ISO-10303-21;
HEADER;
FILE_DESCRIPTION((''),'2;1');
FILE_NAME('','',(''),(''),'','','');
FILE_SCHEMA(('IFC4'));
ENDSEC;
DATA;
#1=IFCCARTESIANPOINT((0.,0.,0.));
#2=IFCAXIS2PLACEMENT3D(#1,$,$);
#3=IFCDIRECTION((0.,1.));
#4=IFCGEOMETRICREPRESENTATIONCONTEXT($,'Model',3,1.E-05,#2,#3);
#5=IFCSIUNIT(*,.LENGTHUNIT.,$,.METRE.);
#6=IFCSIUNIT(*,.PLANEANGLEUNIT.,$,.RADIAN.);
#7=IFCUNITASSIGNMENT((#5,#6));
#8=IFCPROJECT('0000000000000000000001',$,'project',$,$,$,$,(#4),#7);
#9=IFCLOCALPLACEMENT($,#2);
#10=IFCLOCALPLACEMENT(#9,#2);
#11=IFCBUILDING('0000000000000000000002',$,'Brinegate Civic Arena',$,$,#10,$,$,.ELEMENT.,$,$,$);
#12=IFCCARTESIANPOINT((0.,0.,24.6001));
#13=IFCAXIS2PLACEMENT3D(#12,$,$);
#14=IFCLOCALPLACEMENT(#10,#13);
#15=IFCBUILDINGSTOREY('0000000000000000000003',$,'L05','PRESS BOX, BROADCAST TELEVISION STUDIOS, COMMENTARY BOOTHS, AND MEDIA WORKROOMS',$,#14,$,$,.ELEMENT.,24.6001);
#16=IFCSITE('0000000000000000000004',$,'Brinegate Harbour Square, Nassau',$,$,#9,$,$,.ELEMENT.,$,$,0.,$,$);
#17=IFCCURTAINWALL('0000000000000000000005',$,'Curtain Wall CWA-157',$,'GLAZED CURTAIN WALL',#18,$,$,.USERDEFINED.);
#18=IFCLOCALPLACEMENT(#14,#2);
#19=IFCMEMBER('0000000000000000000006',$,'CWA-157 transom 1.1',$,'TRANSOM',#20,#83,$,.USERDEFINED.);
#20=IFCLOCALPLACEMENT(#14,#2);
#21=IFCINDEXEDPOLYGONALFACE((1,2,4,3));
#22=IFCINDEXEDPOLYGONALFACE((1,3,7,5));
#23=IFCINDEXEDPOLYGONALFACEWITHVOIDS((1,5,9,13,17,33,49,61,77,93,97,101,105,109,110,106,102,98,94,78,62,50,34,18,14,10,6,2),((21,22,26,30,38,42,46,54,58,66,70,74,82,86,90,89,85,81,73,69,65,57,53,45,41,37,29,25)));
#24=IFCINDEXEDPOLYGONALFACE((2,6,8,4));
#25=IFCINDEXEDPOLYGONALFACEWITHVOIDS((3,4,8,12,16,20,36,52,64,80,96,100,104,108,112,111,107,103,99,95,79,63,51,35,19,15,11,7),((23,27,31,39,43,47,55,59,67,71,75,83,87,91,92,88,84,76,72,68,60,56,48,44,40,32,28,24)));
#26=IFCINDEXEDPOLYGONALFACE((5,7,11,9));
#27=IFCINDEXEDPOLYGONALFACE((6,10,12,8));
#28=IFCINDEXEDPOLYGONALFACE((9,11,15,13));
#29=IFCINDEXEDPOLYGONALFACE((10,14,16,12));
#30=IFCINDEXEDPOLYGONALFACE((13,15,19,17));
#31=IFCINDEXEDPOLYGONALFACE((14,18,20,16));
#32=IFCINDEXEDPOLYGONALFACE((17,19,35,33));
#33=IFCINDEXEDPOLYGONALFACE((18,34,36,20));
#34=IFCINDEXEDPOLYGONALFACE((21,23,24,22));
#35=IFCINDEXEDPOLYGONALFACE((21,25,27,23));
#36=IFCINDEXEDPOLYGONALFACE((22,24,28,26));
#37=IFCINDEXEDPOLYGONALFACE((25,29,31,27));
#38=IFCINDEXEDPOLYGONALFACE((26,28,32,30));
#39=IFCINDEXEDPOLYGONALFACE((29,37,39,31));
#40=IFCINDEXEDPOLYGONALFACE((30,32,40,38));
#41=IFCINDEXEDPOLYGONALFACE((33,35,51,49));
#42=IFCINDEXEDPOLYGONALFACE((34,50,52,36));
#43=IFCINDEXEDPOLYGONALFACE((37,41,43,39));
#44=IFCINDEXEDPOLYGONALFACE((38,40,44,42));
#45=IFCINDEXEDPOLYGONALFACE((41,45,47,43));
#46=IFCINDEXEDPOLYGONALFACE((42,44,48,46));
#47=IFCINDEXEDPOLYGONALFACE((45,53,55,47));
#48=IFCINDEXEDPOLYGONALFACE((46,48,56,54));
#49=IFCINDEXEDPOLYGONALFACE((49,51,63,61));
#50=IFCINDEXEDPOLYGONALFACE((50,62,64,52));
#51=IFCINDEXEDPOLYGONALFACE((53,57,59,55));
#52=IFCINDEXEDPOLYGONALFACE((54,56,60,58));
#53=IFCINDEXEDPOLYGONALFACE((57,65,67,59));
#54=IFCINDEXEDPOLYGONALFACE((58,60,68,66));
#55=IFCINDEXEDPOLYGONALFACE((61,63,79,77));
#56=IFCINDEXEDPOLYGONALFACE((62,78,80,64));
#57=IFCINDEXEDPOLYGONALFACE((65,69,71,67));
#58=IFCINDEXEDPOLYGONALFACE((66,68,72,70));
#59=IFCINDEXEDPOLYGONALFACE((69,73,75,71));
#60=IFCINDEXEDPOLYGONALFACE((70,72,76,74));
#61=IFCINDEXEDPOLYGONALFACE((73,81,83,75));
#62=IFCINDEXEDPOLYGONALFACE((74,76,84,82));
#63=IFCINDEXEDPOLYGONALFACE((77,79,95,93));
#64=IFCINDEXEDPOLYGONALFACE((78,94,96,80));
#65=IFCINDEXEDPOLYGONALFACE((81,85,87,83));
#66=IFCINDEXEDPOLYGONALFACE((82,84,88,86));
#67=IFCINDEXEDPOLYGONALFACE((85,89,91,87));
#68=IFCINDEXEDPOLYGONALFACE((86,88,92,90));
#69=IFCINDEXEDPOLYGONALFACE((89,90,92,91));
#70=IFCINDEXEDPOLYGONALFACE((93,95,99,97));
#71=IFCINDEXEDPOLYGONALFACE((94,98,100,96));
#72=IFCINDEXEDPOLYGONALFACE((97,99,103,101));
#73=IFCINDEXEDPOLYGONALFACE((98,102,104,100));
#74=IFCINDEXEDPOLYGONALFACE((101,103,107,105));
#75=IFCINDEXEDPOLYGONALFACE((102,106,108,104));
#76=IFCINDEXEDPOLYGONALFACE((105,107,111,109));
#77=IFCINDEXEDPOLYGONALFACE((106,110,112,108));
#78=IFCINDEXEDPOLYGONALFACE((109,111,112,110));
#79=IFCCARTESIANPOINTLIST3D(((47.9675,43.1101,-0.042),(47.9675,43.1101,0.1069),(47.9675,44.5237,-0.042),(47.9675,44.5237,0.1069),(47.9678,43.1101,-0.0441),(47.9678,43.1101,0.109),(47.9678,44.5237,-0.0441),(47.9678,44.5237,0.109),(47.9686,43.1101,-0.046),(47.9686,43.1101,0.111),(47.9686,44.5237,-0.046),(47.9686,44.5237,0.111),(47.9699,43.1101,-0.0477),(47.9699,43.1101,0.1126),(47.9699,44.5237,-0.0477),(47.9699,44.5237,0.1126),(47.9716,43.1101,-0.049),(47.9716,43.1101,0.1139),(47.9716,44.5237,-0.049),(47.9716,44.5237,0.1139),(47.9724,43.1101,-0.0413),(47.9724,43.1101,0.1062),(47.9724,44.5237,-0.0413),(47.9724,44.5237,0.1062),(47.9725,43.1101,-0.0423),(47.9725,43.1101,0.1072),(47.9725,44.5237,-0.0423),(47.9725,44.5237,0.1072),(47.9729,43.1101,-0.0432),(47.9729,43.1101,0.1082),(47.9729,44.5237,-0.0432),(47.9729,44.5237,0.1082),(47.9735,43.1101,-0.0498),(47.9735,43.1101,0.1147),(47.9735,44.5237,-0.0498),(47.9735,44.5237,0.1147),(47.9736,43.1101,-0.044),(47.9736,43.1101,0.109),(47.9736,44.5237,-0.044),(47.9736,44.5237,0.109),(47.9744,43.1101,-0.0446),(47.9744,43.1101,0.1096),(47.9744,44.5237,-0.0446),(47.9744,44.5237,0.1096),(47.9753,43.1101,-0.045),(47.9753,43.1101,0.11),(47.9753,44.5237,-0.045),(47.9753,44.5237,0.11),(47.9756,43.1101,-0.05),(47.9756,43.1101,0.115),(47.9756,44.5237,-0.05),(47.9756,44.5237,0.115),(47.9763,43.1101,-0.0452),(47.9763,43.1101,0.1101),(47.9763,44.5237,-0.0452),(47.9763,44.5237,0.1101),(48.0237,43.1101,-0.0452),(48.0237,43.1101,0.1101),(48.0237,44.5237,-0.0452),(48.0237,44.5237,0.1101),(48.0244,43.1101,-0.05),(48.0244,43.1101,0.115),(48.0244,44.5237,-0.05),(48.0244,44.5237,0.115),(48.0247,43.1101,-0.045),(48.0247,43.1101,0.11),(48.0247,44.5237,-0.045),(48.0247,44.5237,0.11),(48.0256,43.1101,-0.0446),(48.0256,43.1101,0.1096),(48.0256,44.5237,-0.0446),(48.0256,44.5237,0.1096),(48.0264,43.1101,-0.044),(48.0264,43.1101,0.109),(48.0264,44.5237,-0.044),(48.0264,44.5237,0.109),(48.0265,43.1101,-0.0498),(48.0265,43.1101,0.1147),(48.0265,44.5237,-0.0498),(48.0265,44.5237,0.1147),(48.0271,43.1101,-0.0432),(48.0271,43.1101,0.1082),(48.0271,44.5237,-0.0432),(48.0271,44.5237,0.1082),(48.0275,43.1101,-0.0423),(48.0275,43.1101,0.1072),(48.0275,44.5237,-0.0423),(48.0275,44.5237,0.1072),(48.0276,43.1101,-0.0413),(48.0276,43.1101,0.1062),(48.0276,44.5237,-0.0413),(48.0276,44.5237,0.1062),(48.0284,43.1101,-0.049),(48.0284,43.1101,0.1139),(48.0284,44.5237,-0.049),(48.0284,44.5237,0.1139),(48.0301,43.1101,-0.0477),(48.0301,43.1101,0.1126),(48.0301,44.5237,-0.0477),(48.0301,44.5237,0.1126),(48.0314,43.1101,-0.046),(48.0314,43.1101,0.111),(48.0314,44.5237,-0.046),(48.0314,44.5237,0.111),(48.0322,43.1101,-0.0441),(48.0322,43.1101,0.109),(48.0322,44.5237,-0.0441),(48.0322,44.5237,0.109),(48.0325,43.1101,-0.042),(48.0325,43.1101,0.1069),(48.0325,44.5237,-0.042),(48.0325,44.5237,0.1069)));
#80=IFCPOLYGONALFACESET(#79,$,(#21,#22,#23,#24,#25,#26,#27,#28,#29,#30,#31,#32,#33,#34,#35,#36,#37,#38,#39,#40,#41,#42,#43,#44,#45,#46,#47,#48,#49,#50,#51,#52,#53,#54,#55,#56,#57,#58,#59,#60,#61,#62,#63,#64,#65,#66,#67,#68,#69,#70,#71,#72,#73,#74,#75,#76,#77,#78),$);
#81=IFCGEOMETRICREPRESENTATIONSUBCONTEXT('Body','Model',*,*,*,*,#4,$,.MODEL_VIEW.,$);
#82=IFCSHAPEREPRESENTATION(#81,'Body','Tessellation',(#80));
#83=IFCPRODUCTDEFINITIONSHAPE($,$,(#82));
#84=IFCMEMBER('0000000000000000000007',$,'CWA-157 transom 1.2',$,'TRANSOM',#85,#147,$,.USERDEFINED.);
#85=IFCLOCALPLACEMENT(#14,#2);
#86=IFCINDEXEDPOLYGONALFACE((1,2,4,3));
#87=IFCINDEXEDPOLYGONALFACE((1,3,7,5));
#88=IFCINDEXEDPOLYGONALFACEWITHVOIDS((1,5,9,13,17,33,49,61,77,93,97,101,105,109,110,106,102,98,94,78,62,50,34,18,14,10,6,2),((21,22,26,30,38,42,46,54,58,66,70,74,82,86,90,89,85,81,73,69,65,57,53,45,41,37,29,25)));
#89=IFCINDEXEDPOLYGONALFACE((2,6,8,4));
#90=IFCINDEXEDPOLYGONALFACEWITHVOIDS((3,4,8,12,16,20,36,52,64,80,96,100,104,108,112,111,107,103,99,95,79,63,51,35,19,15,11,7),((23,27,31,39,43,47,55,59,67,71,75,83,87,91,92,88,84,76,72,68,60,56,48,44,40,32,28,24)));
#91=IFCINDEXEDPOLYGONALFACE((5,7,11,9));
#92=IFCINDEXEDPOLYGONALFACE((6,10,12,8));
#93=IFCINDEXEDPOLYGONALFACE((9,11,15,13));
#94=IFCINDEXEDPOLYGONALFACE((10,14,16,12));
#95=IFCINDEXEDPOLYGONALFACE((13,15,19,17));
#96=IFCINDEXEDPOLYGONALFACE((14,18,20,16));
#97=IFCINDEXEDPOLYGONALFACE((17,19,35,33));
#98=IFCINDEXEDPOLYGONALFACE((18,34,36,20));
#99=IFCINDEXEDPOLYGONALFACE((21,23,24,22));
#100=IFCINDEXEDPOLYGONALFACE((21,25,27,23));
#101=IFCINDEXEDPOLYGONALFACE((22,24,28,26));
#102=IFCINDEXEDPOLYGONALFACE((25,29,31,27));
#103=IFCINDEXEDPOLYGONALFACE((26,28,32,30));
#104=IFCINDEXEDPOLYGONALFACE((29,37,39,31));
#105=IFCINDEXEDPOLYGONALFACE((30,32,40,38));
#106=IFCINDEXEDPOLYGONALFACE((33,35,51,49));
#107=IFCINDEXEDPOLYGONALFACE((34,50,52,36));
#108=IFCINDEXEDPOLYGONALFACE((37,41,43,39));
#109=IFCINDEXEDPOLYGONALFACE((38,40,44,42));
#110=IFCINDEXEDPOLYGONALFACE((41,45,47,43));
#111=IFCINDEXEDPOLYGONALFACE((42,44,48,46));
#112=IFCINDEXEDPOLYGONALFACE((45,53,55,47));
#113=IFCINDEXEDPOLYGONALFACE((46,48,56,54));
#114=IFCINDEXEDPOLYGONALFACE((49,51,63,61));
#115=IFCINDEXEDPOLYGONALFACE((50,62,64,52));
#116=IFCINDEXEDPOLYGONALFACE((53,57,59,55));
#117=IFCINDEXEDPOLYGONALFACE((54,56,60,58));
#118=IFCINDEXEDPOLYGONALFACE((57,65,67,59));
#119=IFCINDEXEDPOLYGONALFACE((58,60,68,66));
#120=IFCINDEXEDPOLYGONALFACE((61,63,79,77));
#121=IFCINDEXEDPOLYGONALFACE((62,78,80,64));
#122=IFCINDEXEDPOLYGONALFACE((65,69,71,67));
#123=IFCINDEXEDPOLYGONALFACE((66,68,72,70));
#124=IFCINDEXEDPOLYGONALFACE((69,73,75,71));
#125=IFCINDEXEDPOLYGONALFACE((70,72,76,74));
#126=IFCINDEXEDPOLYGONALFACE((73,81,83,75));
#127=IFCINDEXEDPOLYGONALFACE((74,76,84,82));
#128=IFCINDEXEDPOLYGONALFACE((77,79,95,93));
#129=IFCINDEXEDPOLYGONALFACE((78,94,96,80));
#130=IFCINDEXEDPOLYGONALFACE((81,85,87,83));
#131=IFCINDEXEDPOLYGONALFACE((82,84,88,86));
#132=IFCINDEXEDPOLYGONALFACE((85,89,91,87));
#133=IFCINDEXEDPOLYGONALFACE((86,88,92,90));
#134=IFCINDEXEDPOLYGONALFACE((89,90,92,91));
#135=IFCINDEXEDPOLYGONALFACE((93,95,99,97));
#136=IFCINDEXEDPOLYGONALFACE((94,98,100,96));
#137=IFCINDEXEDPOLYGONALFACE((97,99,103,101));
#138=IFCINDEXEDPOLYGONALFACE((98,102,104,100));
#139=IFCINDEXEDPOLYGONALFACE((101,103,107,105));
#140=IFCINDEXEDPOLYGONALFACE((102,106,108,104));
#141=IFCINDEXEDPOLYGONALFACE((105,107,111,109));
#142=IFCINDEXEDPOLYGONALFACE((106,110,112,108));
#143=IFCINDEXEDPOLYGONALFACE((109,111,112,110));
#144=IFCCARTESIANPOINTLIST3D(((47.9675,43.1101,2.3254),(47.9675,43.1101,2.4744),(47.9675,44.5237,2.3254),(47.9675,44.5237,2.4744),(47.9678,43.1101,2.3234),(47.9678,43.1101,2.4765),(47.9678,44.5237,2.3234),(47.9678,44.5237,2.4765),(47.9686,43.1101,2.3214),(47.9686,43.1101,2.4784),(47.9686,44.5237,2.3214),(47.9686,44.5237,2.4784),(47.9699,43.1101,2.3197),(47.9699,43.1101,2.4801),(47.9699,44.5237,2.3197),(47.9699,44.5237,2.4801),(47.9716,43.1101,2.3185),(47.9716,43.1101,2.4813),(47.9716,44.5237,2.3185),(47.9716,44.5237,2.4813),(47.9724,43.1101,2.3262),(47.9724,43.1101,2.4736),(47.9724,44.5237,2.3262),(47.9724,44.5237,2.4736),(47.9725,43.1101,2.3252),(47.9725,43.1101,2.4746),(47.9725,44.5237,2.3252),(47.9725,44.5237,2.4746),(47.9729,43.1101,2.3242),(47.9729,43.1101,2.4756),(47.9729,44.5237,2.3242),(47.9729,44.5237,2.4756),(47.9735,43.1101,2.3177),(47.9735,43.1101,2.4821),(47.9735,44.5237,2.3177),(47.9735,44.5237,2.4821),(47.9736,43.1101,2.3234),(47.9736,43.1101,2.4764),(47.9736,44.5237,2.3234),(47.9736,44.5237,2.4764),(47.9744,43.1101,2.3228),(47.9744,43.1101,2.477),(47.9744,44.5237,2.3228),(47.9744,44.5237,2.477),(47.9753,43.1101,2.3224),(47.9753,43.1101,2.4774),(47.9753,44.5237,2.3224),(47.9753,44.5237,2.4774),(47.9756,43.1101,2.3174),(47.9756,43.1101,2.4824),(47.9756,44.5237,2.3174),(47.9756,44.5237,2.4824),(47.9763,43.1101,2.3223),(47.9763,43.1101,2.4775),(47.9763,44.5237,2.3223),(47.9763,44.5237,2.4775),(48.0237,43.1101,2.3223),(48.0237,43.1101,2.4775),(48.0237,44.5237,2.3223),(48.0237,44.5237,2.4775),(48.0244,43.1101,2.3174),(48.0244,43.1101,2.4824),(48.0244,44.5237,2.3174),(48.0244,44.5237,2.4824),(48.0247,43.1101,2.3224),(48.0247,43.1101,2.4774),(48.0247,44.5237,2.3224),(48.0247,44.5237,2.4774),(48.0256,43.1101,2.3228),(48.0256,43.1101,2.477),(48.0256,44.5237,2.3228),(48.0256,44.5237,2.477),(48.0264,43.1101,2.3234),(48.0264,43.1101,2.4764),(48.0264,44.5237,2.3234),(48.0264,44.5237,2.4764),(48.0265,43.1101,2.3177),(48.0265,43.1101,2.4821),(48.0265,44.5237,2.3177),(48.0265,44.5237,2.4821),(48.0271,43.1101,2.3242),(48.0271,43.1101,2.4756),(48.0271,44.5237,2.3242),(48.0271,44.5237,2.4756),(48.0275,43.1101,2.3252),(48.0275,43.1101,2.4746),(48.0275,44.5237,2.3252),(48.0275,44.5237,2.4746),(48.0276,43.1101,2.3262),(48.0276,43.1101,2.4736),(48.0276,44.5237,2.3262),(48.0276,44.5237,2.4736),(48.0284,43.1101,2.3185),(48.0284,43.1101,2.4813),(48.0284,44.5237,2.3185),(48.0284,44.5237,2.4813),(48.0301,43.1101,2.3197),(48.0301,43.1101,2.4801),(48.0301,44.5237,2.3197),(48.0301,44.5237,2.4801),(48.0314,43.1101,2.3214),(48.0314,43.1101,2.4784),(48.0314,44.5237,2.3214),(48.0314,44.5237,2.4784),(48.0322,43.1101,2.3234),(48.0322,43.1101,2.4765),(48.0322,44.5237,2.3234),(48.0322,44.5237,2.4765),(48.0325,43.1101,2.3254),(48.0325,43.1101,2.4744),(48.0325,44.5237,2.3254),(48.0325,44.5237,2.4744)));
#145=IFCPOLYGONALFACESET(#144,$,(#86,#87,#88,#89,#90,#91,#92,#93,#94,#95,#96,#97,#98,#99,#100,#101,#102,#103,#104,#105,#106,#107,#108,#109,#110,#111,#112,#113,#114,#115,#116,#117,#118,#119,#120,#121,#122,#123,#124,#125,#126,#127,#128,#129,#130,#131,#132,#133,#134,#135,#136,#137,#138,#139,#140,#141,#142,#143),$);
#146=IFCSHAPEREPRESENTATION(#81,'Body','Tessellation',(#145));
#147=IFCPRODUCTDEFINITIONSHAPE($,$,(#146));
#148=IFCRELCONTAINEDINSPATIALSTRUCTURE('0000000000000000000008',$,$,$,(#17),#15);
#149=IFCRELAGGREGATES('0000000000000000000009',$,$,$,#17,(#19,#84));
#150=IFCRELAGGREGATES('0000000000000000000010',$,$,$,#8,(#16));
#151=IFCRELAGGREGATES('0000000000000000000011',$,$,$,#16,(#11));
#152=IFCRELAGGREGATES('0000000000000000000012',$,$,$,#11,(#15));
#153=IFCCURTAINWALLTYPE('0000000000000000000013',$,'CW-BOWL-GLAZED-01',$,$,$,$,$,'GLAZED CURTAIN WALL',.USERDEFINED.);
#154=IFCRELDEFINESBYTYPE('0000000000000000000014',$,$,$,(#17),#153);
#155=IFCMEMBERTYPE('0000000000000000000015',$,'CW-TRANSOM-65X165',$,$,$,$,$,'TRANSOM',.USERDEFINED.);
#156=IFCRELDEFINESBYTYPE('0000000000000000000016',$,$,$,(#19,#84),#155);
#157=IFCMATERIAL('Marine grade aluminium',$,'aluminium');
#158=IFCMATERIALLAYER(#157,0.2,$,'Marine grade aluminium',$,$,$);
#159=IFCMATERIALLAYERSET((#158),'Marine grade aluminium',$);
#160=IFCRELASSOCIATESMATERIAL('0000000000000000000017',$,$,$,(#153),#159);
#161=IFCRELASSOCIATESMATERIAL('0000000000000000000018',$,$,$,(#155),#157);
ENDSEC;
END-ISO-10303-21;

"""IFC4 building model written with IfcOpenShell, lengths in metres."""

from ifc_helpers import new_model, si_unit, direction, frame, origin, origin_2d, place, context, subcontext, project, spatial, hollow_rectangle, extrude, material, layer, layer_set, material_profile, profile_set, type_object, element, aggregate, save


model = new_model("IFC4")

# Units and contexts
model_context = context("Model", 3, precision=1e-05, world=origin(), true_north=direction((0.0, 1.0)))
body_context = subcontext(model_context, "Body", "Model", "MODEL_VIEW")
ifc_project = project(units=[si_unit("LENGTHUNIT", "METRE"), si_unit("PLANEANGLEUNIT", "RADIAN")], contexts=[model_context])

# Site, building, storey
site_placement = place(None, origin())
site = spatial("IfcSite", under=ifc_project, at=site_placement, Name="Brinegate Harbour Square, Nassau", CompositionType="ELEMENT", RefElevation=0.0)
building_placement = place(site_placement, origin())
building = spatial("IfcBuilding", under=site, at=building_placement, Name="Brinegate Civic Arena", CompositionType="ELEMENT")
storey_placement = place(building_placement, frame((0.0, 0.0, 24.6001)))
storey = spatial("IfcBuildingStorey", under=building, at=storey_placement, Name="L05", Description="PRESS BOX, BROADCAST TELEVISION STUDIOS, COMMENTARY BOOTHS, AND MEDIA WORKROOMS", CompositionType="ELEMENT", Elevation=24.6001)

# Shared definitions
ifc_material_1 = material(Name="Marine grade aluminium", Category="aluminium")
ifc_layer_1 = layer(ifc_material_1, 0.2, Name="Marine grade aluminium")
ifc_layer_set_1 = layer_set([ifc_layer_1], Name="Marine grade aluminium")
curtain_wall_type = type_object("IfcCurtainWallType", Name="CW-BOWL-GLAZED-01", ElementType="GLAZED CURTAIN WALL", PredefinedType="USERDEFINED", material=ifc_layer_set_1)

# Curtain wall
curtain_wall_1_placement = place(storey_placement, origin())
curtain_wall_1 = element("IfcCurtainWall", 1, at=curtain_wall_1_placement, inside=storey, type_object=curtain_wall_type, Name="Curtain Wall CWA-157", ObjectType="GLAZED CURTAIN WALL", PredefinedType="USERDEFINED")

# Members
ifc_material_profile_1 = material_profile(ifc_material_1, hollow_rectangle(XDim=0.0649, YDim=0.165, WallThickness=0.0049, InnerFilletRadius=0.0039, OuterFilletRadius=0.0081, at=origin_2d()), Name="TRN65X165")
ifc_profile_set_1 = profile_set([ifc_material_profile_1], Name="Marine grade aluminium")
member_type_1 = type_object("IfcMemberType", Name="CW-TRANSOM-65X165", ElementType="TRANSOM", PredefinedType="USERDEFINED", material=ifc_profile_set_1)
member_1_placement = place(storey_placement, frame((48.0, 43.1101, 0.0325), z_axis=(0.0, 1.0, 0.0), x_axis=(-1.0, 0.0, 0.0)))
member_1 = element("IfcMember", 2, at=member_1_placement, type_object=member_type_1, Name="CWA-157 transom 1.1", ObjectType="TRANSOM", PredefinedType="USERDEFINED", context=body_context, shape_type="SweptSolid", body=[
    extrude(hollow_rectangle(XDim=0.0649, YDim=0.165, WallThickness=0.0049, InnerFilletRadius=0.0039, OuterFilletRadius=0.0081, at=origin_2d()), origin(), (0.0, 0.0, 1.0), 1.4136),
])
member_2_placement = place(storey_placement, frame((48.0, 43.1101, 2.3999), z_axis=(0.0, 1.0, 0.0), x_axis=(-1.0, 0.0, 0.0)))
member_2 = element("IfcMember", 3, at=member_2_placement, type_object=member_type_1, Name="CWA-157 transom 1.2", ObjectType="TRANSOM", PredefinedType="USERDEFINED", context=body_context, shape_type="SweptSolid", body=[
    extrude(hollow_rectangle(XDim=0.0649, YDim=0.165, WallThickness=0.0049, InnerFilletRadius=0.0039, OuterFilletRadius=0.0081, at=origin_2d()), origin(), (0.0, 0.0, 1.0), 1.4136),
])

aggregate(curtain_wall_1, [member_1, member_2])

save(model, "model.ifc")
